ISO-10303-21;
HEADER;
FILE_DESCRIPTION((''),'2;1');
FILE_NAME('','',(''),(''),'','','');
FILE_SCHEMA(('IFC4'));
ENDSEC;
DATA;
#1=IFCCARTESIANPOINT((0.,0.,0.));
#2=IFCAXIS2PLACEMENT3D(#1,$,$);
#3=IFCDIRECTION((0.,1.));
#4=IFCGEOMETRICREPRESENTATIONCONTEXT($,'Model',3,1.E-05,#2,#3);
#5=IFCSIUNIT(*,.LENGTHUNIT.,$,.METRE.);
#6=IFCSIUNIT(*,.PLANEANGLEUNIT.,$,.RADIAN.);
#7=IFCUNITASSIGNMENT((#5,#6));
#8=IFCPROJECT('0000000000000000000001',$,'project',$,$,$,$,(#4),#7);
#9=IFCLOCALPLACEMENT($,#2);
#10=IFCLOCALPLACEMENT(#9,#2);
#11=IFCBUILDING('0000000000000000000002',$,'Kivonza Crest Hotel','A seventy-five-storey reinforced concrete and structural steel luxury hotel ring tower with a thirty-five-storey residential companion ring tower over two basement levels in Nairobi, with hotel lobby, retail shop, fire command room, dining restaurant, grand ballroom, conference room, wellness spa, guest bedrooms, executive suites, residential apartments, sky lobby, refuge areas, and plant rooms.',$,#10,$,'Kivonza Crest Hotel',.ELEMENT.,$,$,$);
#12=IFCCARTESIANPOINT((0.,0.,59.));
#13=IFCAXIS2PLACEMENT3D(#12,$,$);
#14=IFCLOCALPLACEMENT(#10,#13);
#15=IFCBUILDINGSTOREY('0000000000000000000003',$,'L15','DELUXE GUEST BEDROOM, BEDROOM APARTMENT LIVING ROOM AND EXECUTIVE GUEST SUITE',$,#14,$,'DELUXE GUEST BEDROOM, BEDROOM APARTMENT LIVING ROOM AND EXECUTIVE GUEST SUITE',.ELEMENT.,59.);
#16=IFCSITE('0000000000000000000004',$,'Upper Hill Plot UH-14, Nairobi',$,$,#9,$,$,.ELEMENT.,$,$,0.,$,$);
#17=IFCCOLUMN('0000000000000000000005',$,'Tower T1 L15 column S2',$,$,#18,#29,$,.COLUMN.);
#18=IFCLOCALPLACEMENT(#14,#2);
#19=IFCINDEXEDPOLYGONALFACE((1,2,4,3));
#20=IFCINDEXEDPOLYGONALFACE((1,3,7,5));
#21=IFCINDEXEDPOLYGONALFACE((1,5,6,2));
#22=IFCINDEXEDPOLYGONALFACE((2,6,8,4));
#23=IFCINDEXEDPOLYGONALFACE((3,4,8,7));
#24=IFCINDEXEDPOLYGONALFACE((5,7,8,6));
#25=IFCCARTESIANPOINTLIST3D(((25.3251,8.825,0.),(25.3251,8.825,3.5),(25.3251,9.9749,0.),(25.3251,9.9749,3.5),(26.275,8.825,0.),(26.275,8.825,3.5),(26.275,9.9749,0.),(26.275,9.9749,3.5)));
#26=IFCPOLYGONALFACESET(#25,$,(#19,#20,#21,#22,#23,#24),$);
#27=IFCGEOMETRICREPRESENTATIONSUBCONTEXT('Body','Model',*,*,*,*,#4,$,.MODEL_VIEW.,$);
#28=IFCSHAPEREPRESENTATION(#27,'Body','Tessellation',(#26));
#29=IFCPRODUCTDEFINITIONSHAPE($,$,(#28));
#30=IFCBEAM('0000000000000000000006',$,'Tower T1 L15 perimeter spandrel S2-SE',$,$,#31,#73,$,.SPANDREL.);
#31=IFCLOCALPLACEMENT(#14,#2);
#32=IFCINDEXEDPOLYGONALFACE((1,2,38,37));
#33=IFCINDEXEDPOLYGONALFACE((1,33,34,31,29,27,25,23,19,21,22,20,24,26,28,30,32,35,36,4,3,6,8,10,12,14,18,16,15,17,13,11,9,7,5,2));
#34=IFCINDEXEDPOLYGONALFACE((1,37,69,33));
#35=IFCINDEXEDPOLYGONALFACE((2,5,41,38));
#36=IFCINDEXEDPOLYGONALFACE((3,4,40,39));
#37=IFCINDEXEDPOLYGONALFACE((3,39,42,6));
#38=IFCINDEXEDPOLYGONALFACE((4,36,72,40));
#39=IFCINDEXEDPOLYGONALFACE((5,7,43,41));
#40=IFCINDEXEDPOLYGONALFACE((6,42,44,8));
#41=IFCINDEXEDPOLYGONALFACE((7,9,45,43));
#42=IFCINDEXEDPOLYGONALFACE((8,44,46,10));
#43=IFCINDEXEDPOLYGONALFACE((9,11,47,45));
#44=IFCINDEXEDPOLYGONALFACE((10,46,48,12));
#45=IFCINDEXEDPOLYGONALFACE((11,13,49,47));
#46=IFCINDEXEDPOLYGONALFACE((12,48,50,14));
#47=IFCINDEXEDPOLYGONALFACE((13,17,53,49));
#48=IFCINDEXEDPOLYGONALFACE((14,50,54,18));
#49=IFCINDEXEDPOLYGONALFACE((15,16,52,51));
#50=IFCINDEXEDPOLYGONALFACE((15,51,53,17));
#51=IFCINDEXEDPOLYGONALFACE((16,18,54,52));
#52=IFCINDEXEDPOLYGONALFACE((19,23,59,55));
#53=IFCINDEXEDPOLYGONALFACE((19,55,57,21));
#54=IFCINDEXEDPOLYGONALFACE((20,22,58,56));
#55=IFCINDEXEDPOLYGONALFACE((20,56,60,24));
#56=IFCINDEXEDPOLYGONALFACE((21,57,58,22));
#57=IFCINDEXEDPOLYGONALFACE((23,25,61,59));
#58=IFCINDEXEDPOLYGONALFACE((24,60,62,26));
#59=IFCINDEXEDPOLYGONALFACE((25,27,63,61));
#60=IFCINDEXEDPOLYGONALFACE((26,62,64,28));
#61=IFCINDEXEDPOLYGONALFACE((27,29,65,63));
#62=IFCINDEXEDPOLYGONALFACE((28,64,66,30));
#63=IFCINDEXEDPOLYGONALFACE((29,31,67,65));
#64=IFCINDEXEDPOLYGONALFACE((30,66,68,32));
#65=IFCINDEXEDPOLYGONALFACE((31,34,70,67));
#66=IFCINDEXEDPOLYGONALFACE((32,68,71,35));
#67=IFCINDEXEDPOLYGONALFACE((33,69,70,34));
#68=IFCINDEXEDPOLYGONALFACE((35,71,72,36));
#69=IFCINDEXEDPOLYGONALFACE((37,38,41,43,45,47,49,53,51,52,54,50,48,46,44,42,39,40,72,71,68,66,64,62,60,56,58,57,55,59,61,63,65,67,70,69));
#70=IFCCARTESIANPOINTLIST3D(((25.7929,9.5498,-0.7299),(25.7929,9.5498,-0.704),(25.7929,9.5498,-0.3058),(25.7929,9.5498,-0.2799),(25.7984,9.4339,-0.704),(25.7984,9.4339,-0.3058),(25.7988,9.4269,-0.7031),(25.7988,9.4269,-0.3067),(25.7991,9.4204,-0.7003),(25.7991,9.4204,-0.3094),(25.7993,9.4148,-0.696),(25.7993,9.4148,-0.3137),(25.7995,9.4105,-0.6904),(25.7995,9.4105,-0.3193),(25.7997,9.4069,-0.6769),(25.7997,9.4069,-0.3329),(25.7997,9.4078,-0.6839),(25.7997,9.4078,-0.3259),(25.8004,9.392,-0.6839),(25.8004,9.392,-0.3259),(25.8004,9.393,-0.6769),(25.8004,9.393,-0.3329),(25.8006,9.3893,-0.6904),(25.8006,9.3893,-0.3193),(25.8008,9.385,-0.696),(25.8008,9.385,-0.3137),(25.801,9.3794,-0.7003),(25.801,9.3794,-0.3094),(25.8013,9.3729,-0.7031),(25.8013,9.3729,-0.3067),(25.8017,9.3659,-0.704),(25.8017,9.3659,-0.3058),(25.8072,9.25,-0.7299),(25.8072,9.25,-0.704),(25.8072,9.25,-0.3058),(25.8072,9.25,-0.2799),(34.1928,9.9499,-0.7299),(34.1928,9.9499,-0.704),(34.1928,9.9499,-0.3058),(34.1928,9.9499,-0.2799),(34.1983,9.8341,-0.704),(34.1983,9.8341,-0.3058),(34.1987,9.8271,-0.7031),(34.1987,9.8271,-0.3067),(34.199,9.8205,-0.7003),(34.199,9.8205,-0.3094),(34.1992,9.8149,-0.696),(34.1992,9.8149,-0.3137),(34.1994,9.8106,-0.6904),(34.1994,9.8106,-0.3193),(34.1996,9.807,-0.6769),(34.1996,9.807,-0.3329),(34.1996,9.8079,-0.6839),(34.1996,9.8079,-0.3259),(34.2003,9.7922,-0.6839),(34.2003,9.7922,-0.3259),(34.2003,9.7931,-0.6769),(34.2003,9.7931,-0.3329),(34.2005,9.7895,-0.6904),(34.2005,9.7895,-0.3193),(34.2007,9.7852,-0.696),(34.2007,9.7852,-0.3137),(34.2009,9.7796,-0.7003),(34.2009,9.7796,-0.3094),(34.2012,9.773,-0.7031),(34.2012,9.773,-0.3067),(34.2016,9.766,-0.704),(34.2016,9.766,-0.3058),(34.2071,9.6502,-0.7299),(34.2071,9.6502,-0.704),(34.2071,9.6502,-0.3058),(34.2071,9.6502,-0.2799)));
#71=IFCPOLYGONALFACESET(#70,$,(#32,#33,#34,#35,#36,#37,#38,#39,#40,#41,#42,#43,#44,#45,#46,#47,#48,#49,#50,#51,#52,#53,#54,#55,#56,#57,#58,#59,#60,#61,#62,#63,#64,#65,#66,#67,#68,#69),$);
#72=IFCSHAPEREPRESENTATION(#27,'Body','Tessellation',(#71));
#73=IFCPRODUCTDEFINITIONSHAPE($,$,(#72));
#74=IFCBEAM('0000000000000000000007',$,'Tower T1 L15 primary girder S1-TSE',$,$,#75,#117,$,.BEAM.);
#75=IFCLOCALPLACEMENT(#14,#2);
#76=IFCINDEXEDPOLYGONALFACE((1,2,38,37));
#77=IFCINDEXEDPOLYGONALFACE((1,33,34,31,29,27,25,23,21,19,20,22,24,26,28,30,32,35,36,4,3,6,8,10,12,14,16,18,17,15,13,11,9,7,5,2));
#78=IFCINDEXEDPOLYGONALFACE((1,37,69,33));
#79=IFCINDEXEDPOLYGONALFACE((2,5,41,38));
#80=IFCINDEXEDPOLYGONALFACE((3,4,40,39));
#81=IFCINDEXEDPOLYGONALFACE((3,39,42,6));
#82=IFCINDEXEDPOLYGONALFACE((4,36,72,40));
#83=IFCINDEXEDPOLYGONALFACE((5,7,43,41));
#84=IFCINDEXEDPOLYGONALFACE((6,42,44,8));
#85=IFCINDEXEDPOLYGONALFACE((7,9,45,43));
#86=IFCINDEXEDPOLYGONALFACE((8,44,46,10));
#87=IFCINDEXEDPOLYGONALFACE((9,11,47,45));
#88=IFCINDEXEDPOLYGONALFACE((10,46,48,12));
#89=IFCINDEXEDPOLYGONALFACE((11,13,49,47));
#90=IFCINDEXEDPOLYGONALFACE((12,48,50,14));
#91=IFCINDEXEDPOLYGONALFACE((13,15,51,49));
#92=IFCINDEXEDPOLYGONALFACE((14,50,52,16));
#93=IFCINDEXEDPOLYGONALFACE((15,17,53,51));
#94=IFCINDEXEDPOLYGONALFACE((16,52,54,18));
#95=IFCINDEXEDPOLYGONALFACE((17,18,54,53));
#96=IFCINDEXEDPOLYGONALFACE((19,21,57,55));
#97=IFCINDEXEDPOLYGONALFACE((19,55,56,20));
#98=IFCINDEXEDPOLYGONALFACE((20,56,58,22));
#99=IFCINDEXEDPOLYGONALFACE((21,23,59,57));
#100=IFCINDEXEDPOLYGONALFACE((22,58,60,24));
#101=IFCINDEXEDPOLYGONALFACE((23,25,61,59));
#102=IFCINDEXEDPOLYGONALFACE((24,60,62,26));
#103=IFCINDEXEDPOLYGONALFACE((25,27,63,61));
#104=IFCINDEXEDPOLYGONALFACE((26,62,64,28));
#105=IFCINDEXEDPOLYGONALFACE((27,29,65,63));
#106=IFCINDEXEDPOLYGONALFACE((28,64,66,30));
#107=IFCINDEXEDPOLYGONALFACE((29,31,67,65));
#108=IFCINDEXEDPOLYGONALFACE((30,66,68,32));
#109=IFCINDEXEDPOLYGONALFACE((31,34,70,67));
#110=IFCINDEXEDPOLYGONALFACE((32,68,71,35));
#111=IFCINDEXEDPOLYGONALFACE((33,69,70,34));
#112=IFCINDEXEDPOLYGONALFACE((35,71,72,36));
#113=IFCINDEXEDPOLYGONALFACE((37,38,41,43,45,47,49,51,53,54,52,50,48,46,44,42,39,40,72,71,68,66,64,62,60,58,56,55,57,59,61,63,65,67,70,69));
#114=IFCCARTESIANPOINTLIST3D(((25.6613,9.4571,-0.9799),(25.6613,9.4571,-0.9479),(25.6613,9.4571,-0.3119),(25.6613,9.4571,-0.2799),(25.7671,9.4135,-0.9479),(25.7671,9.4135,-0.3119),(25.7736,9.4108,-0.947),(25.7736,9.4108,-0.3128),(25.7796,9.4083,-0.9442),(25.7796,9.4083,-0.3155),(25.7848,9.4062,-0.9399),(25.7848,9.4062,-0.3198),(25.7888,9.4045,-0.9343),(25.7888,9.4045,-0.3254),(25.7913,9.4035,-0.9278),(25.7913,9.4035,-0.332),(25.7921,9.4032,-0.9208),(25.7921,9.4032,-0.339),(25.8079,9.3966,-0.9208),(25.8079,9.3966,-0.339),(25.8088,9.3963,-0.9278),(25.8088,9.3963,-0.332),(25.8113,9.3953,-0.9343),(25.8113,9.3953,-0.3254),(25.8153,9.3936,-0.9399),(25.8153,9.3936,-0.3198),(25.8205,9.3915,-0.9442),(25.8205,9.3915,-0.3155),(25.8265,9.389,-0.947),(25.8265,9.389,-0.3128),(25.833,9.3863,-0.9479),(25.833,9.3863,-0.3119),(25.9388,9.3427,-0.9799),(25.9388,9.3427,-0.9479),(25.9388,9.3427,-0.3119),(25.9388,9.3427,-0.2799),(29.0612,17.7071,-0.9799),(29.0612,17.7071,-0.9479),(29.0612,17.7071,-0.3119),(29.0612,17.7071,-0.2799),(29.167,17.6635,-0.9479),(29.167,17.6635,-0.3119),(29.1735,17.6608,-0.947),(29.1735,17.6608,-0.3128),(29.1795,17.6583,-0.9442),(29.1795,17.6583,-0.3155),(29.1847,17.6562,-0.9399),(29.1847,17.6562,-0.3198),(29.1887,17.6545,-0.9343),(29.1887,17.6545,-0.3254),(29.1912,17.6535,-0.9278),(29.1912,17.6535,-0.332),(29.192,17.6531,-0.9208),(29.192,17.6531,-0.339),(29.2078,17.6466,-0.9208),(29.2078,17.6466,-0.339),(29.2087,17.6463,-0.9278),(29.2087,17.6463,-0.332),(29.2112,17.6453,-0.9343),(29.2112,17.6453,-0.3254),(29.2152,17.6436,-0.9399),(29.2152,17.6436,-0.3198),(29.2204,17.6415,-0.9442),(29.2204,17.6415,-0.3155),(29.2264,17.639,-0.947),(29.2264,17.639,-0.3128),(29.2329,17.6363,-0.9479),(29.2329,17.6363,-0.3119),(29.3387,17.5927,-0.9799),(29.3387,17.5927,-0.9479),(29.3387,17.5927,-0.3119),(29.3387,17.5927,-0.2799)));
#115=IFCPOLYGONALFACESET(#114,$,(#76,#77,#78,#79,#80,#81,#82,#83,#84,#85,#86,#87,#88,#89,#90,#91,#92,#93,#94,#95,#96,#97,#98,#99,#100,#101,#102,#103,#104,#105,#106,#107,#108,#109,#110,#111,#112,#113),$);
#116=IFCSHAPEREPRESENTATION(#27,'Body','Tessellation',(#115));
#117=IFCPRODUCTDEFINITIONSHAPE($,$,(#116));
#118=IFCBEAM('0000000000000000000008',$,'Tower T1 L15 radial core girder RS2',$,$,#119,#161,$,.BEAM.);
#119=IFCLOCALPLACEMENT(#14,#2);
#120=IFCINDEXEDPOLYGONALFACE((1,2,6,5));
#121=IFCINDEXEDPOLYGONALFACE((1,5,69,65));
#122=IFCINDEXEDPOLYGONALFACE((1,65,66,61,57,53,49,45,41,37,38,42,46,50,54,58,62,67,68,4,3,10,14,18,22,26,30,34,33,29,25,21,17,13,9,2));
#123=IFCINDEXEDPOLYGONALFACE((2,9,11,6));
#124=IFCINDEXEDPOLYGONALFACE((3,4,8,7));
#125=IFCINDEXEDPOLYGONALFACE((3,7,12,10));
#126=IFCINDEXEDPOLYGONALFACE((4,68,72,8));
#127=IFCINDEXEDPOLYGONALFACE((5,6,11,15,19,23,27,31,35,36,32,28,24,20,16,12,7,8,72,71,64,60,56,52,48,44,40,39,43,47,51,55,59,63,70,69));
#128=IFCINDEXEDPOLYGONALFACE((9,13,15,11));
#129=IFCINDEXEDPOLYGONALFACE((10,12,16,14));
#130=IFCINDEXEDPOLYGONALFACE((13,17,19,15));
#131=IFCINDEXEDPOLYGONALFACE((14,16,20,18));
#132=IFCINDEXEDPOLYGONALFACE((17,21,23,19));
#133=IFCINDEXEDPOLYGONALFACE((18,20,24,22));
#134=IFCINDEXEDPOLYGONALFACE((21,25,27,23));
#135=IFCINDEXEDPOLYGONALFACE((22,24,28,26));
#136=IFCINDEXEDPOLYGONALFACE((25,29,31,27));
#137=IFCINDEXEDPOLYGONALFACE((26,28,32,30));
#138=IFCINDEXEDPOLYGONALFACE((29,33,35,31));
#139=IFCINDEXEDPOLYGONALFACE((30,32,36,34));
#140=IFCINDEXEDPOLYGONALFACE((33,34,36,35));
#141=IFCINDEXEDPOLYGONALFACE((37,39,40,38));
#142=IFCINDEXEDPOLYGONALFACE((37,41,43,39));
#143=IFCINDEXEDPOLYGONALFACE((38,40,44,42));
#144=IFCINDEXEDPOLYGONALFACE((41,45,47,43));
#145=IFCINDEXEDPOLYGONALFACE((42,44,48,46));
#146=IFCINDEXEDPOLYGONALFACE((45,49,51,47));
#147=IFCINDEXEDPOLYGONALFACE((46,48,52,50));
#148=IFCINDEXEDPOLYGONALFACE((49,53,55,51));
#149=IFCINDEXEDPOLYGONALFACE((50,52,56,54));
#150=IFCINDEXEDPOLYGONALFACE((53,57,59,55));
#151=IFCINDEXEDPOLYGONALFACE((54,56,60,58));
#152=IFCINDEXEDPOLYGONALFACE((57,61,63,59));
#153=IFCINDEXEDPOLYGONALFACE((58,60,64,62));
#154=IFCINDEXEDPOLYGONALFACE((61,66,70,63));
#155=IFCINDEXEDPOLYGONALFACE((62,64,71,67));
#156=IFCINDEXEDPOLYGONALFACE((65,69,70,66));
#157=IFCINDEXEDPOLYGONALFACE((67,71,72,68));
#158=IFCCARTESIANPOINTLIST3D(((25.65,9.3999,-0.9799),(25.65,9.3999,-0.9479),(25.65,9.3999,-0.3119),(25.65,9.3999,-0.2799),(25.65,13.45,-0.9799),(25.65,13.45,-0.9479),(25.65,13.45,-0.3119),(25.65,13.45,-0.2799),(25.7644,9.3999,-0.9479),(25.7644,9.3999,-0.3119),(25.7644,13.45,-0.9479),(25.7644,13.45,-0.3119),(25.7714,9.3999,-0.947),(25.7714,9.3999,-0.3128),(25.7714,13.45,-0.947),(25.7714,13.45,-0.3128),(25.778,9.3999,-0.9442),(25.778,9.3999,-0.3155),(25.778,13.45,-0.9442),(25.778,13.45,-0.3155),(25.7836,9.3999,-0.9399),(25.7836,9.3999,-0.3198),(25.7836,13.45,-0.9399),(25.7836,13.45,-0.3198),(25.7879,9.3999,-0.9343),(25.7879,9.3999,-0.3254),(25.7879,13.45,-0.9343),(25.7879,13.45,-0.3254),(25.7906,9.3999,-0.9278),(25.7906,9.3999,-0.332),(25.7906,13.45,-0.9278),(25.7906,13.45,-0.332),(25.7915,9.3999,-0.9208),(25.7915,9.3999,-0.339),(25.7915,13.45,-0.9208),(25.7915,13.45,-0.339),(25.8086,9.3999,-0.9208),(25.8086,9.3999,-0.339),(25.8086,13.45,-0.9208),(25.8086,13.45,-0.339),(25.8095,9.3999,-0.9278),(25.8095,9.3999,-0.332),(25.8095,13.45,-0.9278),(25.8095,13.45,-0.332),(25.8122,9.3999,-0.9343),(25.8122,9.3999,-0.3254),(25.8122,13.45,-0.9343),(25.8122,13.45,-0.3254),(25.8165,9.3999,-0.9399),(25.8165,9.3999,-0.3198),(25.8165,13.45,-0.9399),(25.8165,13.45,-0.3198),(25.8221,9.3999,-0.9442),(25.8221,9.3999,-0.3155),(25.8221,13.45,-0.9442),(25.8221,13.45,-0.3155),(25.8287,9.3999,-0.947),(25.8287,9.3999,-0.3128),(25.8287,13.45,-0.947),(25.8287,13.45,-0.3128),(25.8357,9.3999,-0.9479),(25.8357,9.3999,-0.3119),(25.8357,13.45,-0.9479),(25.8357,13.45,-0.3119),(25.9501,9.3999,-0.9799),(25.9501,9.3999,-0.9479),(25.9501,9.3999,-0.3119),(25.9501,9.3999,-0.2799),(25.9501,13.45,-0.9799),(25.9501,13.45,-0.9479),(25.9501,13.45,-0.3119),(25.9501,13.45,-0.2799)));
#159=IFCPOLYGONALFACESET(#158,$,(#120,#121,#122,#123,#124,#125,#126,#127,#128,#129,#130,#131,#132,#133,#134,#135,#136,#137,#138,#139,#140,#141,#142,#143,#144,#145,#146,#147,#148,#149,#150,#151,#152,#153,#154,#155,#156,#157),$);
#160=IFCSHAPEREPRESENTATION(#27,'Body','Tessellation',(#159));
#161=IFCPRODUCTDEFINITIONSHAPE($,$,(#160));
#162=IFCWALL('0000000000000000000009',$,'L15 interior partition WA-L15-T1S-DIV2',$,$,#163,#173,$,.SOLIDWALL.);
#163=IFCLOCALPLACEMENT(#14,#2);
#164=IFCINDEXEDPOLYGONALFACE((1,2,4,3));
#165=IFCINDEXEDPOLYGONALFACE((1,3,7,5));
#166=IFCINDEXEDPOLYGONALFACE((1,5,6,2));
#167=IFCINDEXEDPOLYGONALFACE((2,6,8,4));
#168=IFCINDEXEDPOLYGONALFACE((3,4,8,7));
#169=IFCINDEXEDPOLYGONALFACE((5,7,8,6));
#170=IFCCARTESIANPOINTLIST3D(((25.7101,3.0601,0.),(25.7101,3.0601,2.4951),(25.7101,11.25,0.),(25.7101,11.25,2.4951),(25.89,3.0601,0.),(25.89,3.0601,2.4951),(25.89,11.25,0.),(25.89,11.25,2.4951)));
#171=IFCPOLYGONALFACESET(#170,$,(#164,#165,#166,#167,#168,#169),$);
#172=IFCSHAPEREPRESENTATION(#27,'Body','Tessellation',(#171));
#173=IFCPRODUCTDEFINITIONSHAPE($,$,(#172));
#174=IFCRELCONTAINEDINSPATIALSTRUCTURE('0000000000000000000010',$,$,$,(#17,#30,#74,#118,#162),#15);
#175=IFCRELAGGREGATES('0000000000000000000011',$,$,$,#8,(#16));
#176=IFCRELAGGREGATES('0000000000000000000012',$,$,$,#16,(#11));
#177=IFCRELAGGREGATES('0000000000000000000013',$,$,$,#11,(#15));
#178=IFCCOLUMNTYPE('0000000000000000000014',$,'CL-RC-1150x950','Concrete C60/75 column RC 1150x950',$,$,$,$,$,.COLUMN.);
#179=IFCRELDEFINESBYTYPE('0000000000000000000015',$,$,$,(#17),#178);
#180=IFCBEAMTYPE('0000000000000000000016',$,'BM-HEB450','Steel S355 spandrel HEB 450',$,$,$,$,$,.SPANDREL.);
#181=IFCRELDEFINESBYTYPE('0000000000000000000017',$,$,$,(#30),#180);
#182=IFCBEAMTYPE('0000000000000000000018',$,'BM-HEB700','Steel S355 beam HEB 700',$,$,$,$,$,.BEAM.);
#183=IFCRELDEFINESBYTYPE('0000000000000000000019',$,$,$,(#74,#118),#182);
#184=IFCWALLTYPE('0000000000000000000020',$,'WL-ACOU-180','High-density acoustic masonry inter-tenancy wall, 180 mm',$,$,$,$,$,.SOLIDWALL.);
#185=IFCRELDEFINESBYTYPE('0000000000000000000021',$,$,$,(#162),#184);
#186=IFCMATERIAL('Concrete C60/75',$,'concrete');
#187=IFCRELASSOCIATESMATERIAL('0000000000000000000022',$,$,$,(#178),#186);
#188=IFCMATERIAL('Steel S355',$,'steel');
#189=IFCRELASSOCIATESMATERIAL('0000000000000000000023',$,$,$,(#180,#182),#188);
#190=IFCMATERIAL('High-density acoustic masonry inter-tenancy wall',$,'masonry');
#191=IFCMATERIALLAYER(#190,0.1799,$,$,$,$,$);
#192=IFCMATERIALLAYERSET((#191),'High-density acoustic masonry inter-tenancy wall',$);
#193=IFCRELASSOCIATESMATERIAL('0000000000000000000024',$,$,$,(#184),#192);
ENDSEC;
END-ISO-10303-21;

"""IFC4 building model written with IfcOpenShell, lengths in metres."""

from ifc_helpers import new_model, si_unit, direction, frame, frame_2d, origin, origin_2d, place, context, subcontext, project, spatial, rectangle, i_section, extrude, material, layer, layer_set, material_profile, profile_set, type_object, element, save


model = new_model("IFC4")

# Units and contexts
model_context = context("Model", 3, precision=1e-05, world=origin(), true_north=direction((0.0, 1.0)))
body_context = subcontext(model_context, "Body", "Model", "MODEL_VIEW")
ifc_project = project(units=[si_unit("LENGTHUNIT", "METRE"), si_unit("PLANEANGLEUNIT", "RADIAN")], contexts=[model_context])

# Site, building, storey
site_placement = place(None, origin())
site = spatial("IfcSite", under=ifc_project, at=site_placement, Name="Upper Hill Plot UH-14, Nairobi", CompositionType="ELEMENT", RefElevation=0.0)
building_placement = place(site_placement, origin())
building = spatial("IfcBuilding", under=site, at=building_placement, Name="Kivonza Crest Hotel", Description="A seventy-five-storey reinforced concrete and structural steel luxury hotel ring tower with a thirty-five-storey residential companion ring tower over two basement levels in Nairobi, with hotel lobby, retail shop, fire command room, dining restaurant, grand ballroom, conference room, wellness spa, guest bedrooms, executive suites, residential apartments, sky lobby, refuge areas, and plant rooms.", LongName="Kivonza Crest Hotel", CompositionType="ELEMENT")
storey_placement = place(building_placement, frame((0.0, 0.0, 59.0)))
storey = spatial("IfcBuildingStorey", under=building, at=storey_placement, Name="L15", Description="DELUXE GUEST BEDROOM, BEDROOM APARTMENT LIVING ROOM AND EXECUTIVE GUEST SUITE", LongName="DELUXE GUEST BEDROOM, BEDROOM APARTMENT LIVING ROOM AND EXECUTIVE GUEST SUITE", CompositionType="ELEMENT", Elevation=59.0)

# Column
ifc_material_1 = material(Name="Concrete C60/75", Category="concrete")
ifc_material_profile_1 = material_profile(ifc_material_1, rectangle(XDim=0.95, YDim=1.1499, at=origin_2d()), Name="RC 1150x950")
ifc_profile_set_1 = profile_set([ifc_material_profile_1], Name="Concrete C60/75")
column_type = type_object("IfcColumnType", Name="CL-RC-1150x950", Description="Concrete C60/75 column RC 1150x950", PredefinedType="COLUMN", material=ifc_profile_set_1)
column_placement = place(storey_placement, frame((25.8, 9.3999, 0.0), z_axis=(0.0, 0.0, 1.0), x_axis=(1.0, 0.0, 0.0)))
element("IfcColumn", 1, at=column_placement, inside=storey, type_object=column_type, Name="Tower T1 L15 column S2", PredefinedType="COLUMN", context=body_context, shape_type="SweptSolid", body=[
    extrude(rectangle(XDim=0.95, YDim=1.1499, at=origin_2d()), origin(), (0.0, 0.0, 1.0), 3.5),
])

# Beams
ifc_material_2 = material(Name="Steel S355", Category="steel")
ifc_material_profile_2 = material_profile(ifc_material_2, i_section(OverallWidth=0.3, OverallDepth=0.45, WebThickness=0.0139, FlangeThickness=0.0259, FilletRadius=0.0271, at=origin_2d()), Name="HEB 450")
ifc_profile_set_2 = profile_set([ifc_material_profile_2], Name="Steel S355")
beam_type_1 = type_object("IfcBeamType", Name="BM-HEB450", Description="Steel S355 spandrel HEB 450", PredefinedType="SPANDREL", material=ifc_profile_set_2)
beam_1_placement = place(storey_placement, frame((25.8, 9.3999, -0.5049), z_axis=(0.998867, 0.047583, 0.0), x_axis=(-0.047583, 0.998867, 0.0)))
element("IfcBeam", 2, at=beam_1_placement, inside=storey, type_object=beam_type_1, Name="Tower T1 L15 perimeter spandrel S2-SE", PredefinedType="SPANDREL", context=body_context, shape_type="SweptSolid", body=[
    extrude(i_section(OverallWidth=0.3, OverallDepth=0.45, WebThickness=0.0139, FlangeThickness=0.0259, FilletRadius=0.0271, at=origin_2d()), origin(), (0.0, 0.0, 1.0), 8.4094),
])
ifc_material_profile_3 = material_profile(ifc_material_2, i_section(OverallWidth=0.3, OverallDepth=0.7, WebThickness=0.0171, FlangeThickness=0.032, FilletRadius=0.0271, at=origin_2d()), Name="HEB 700")
ifc_profile_set_3 = profile_set([ifc_material_profile_3], Name="Steel S355")
beam_type_2 = type_object("IfcBeamType", Name="BM-HEB700", Description="Steel S355 beam HEB 700", PredefinedType="BEAM", material=ifc_profile_set_3)
beam_2_placement = place(storey_placement, frame((25.8, 9.3999, -0.6299), z_axis=(0.381022, 0.924566, 0.0), x_axis=(-0.924566, 0.381022, 0.0)))
element("IfcBeam", 3, at=beam_2_placement, inside=storey, type_object=beam_type_2, Name="Tower T1 L15 primary girder S1-TSE", PredefinedType="BEAM", context=body_context, shape_type="SweptSolid", body=[
    extrude(i_section(OverallWidth=0.3, OverallDepth=0.7, WebThickness=0.0171, FlangeThickness=0.032, FilletRadius=0.0271, at=origin_2d()), origin(), (0.0, 0.0, 1.0), 8.9231),
])
beam_3_placement = place(storey_placement, frame((25.8, 9.3999, -0.6299), z_axis=(0.0, 1.0, 0.0), x_axis=(-1.0, 0.0, 0.0)))
element("IfcBeam", 4, at=beam_3_placement, inside=storey, type_object=beam_type_2, Name="Tower T1 L15 radial core girder RS2", PredefinedType="BEAM", context=body_context, shape_type="SweptSolid", body=[
    extrude(i_section(OverallWidth=0.3, OverallDepth=0.7, WebThickness=0.0171, FlangeThickness=0.032, FilletRadius=0.0271, at=origin_2d()), origin(), (0.0, 0.0, 1.0), 4.05),
])

# Wall
ifc_material_3 = material(Name="High-density acoustic masonry inter-tenancy wall", Category="masonry")
ifc_layer_1 = layer(ifc_material_3, 0.1799)
ifc_layer_set_1 = layer_set([ifc_layer_1], Name="High-density acoustic masonry inter-tenancy wall")
wall_type_1 = type_object("IfcWallType", Name="WL-ACOU-180", Description="High-density acoustic masonry inter-tenancy wall, 180 mm", PredefinedType="SOLIDWALL", material=ifc_layer_set_1)
wall_1_placement = place(storey_placement, frame((25.8, 3.0601, 0.0), z_axis=(0.0, 0.0, 1.0), x_axis=(0.0, 1.0, 0.0)))
element("IfcWall", 5, at=wall_1_placement, inside=storey, type_object=wall_type_1, Name="L15 interior partition WA-L15-T1S-DIV2", PredefinedType="SOLIDWALL", context=body_context, shape_type="SweptSolid", body=[
    extrude(rectangle(XDim=8.1899, YDim=0.1799, at=frame_2d((4.095, 0.0))), origin(), (0.0, 0.0, 1.0), 2.4951),
])

save(model, "model.ifc")
